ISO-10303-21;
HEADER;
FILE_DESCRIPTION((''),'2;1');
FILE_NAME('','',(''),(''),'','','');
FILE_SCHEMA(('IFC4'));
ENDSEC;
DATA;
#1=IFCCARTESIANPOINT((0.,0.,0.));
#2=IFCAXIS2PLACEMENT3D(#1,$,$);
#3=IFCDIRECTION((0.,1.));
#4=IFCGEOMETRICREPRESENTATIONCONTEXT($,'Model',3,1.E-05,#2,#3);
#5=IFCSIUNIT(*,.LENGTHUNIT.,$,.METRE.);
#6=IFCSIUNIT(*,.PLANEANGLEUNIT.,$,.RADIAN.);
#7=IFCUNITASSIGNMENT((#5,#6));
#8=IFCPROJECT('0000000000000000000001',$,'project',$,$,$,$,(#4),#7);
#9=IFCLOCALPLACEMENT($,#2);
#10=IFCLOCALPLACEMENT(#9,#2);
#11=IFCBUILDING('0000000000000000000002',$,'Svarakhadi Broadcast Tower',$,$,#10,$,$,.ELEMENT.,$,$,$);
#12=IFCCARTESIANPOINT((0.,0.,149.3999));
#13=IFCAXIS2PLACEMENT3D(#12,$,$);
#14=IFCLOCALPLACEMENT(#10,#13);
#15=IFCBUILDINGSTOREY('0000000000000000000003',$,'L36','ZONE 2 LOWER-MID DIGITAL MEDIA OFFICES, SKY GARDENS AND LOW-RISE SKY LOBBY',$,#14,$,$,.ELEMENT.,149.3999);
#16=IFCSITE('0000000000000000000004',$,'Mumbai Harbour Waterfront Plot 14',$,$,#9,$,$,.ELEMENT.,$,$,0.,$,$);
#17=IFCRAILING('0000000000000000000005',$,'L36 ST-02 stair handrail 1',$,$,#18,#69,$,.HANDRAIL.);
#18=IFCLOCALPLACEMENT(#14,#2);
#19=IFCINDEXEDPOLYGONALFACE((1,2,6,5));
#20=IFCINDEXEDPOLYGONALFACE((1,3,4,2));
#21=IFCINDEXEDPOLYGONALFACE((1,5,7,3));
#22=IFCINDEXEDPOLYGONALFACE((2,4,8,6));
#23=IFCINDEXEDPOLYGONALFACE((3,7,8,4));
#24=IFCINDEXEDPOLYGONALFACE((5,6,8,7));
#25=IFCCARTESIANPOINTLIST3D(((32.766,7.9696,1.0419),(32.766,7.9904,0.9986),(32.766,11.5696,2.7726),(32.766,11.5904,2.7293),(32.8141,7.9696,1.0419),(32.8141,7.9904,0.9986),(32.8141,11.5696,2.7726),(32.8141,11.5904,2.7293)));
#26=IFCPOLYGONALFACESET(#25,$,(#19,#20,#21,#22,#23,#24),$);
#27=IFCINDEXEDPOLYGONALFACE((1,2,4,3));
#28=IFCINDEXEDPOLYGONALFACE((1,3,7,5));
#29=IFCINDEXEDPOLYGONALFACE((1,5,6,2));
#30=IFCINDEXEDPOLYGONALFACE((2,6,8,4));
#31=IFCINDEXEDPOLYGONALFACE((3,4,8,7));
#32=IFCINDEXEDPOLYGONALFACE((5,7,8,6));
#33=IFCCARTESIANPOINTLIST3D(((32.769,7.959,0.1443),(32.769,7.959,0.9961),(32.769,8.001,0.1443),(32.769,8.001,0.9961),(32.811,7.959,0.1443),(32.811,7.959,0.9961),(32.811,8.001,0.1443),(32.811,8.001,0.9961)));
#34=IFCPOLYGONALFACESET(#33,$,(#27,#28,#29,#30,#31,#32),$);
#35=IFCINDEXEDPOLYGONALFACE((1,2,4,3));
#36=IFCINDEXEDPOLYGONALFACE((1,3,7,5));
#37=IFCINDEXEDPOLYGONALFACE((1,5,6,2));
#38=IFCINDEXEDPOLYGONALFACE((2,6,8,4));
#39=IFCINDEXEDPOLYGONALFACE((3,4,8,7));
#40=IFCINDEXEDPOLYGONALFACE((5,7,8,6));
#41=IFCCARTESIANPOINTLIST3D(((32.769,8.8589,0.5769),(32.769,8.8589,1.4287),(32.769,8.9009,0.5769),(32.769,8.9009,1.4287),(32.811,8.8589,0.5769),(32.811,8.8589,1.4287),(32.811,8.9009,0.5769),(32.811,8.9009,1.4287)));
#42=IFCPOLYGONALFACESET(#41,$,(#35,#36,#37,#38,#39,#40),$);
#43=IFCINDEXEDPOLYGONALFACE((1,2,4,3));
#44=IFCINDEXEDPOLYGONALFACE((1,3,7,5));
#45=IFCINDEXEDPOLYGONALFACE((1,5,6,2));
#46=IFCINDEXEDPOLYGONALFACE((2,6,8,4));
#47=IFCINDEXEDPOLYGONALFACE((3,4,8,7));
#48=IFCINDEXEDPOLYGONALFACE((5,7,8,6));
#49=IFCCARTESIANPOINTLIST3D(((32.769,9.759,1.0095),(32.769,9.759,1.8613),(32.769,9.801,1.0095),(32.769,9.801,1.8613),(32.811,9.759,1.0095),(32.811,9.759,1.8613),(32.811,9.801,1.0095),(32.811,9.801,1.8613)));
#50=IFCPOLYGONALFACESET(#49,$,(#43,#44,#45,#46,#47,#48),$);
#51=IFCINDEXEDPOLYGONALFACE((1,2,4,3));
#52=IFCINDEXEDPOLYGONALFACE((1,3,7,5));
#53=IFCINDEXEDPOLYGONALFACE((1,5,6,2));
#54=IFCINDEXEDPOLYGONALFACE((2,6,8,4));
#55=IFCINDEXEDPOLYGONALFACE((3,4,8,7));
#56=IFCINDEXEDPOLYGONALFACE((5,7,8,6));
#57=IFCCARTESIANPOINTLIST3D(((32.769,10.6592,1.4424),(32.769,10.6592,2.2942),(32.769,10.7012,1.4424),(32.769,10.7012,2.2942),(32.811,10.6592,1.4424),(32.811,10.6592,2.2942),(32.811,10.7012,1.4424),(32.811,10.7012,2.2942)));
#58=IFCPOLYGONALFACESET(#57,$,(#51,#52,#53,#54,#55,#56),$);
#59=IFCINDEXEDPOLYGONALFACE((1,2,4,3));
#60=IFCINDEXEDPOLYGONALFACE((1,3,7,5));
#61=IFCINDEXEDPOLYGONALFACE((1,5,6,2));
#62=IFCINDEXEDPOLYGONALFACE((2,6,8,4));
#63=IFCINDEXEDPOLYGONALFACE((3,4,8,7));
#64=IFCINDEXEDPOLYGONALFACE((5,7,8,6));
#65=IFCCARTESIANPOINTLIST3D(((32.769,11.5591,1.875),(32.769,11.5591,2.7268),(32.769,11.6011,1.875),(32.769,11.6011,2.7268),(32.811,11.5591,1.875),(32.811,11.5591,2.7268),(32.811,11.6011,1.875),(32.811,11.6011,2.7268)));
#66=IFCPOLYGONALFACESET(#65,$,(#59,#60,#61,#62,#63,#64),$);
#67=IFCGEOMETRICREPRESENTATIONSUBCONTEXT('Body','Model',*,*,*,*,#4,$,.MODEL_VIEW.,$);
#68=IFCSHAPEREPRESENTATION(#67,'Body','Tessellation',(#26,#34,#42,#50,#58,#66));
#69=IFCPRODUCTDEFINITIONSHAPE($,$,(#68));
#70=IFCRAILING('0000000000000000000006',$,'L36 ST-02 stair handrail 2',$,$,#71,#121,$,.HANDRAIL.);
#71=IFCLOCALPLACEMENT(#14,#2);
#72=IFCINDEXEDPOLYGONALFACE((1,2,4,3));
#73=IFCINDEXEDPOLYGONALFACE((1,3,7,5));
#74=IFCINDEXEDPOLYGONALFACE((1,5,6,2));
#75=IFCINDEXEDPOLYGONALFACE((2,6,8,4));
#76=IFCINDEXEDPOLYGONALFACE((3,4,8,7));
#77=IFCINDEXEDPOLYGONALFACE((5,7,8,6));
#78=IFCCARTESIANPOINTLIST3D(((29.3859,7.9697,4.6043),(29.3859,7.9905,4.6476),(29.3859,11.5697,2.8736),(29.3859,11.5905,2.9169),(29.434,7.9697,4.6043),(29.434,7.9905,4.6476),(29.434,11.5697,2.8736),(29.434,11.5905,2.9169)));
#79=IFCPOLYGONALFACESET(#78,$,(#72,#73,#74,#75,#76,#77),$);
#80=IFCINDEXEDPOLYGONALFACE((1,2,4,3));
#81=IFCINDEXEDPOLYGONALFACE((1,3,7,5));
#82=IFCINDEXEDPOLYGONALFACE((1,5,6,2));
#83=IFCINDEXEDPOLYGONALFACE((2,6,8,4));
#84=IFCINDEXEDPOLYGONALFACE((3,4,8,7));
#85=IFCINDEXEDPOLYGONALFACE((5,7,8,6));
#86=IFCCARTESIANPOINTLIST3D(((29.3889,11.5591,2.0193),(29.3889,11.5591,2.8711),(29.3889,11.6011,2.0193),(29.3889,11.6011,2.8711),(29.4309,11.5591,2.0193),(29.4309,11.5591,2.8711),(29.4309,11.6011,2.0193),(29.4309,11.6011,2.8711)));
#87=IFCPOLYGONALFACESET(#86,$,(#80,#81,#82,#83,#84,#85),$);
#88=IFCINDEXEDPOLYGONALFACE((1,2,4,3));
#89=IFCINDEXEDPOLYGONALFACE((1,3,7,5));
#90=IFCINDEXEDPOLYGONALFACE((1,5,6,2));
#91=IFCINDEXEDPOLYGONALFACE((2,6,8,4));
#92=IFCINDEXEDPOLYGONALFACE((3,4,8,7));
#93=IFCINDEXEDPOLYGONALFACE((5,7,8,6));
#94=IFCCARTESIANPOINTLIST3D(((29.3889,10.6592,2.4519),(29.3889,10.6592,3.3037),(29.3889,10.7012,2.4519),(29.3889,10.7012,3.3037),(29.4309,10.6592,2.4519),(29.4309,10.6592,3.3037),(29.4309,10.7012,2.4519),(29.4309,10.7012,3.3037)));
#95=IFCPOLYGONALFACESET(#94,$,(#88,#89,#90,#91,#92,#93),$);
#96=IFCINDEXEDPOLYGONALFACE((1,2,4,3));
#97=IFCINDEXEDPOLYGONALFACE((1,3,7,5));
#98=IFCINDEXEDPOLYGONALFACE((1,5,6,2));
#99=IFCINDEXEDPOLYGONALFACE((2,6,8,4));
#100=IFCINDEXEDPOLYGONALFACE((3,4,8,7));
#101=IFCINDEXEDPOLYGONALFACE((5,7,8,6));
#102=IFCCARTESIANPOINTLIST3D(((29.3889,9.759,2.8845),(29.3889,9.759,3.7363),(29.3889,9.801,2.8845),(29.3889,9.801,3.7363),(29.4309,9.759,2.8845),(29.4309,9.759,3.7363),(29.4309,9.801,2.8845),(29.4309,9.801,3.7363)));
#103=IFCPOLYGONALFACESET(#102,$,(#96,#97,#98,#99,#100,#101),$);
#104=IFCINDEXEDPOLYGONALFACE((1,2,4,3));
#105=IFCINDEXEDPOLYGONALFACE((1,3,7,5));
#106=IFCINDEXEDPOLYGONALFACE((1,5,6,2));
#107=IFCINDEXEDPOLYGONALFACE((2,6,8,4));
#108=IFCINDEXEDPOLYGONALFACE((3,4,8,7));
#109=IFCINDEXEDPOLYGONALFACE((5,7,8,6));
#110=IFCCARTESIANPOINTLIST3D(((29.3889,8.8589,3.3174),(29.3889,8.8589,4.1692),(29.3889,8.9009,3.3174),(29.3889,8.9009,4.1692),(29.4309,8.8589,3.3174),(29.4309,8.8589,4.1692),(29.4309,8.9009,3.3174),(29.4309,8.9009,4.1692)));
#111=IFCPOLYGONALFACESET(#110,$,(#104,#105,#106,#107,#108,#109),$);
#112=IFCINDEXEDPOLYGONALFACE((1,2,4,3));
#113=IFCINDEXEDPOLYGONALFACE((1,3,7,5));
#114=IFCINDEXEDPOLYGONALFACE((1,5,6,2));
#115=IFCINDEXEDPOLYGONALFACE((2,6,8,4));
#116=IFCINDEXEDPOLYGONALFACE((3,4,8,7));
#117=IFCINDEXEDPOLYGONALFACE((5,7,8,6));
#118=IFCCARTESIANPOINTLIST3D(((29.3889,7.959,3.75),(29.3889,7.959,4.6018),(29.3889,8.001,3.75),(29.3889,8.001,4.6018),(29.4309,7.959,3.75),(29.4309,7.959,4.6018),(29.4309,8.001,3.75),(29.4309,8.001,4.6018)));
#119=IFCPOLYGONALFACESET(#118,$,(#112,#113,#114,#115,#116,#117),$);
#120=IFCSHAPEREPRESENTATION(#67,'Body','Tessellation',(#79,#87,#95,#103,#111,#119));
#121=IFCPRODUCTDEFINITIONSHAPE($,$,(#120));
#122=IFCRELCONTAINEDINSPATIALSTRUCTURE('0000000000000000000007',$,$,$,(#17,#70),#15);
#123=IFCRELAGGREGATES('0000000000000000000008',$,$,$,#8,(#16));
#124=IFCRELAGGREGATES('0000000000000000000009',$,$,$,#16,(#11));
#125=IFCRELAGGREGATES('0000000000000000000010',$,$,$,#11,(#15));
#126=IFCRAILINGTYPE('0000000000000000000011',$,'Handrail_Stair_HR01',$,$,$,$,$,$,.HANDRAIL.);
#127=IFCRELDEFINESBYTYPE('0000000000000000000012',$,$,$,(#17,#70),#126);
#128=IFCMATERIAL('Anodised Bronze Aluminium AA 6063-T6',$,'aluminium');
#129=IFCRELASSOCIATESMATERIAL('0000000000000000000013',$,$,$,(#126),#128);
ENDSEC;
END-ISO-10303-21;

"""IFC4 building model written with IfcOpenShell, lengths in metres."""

from ifc_helpers import new_model, si_unit, direction, frame, origin, origin_2d, place, context, subcontext, project, spatial, rectangle, extrude, material, type_object, element, save


model = new_model("IFC4")

# Units and contexts
model_context = context("Model", 3, precision=1e-05, world=origin(), true_north=direction((0.0, 1.0)))
body_context = subcontext(model_context, "Body", "Model", "MODEL_VIEW")
ifc_project = project(units=[si_unit("LENGTHUNIT", "METRE"), si_unit("PLANEANGLEUNIT", "RADIAN")], contexts=[model_context])

# Site, building, storey
site_placement = place(None, origin())
site = spatial("IfcSite", under=ifc_project, at=site_placement, Name="Mumbai Harbour Waterfront Plot 14", CompositionType="ELEMENT", RefElevation=0.0)
building_placement = place(site_placement, origin())
building = spatial("IfcBuilding", under=site, at=building_placement, Name="Svarakhadi Broadcast Tower", CompositionType="ELEMENT")
storey_placement = place(building_placement, frame((0.0, 0.0, 149.3999)))
storey = spatial("IfcBuildingStorey", under=building, at=storey_placement, Name="L36", Description="ZONE 2 LOWER-MID DIGITAL MEDIA OFFICES, SKY GARDENS AND LOW-RISE SKY LOBBY", CompositionType="ELEMENT", Elevation=149.3999)

# Shared definitions
ifc_material_1 = material(Name="Anodised Bronze Aluminium AA 6063-T6", Category="aluminium")

# Railings
railing_type_1 = type_object("IfcRailingType", Name="Handrail_Stair_HR01", PredefinedType="HANDRAIL", material=ifc_material_1)
railing_1_placement = place(storey_placement, frame((32.79, 7.98, 0.1443)))
element("IfcRailing", 1, at=railing_1_placement, inside=storey, type_object=railing_type_1, Name="L36 ST-02 stair handrail 1", PredefinedType="HANDRAIL", context=body_context, shape_type="SweptSolid", body=[
    extrude(rectangle(XDim=0.0481, YDim=0.0481, at=origin_2d()), frame((0.0, 0.0, 0.876), z_axis=(0.0, 0.901263, 0.433273), x_axis=(-1.0, 0.0, 0.0)), (0.0, 0.0, 1.0), 3.9944),
    extrude(rectangle(XDim=0.042, YDim=0.042, at=origin_2d()), origin(), (0.0, 0.0, 1.0), 0.8518),
    extrude(rectangle(XDim=0.042, YDim=0.042, at=origin_2d()), frame((0.0, 0.8999, 0.4326)), (0.0, 0.0, 1.0), 0.8518),
    extrude(rectangle(XDim=0.042, YDim=0.042, at=origin_2d()), frame((0.0, 1.8, 0.8652)), (0.0, 0.0, 1.0), 0.8518),
    extrude(rectangle(XDim=0.042, YDim=0.042, at=origin_2d()), frame((0.0, 2.7002, 1.2981)), (0.0, 0.0, 1.0), 0.8518),
    extrude(rectangle(XDim=0.042, YDim=0.042, at=origin_2d()), frame((0.0, 3.6001, 1.7307)), (0.0, 0.0, 1.0), 0.8518),
])
railing_2_placement = place(storey_placement, frame((29.4099, 11.5801, 2.0193)))
element("IfcRailing", 2, at=railing_2_placement, inside=storey, type_object=railing_type_1, Name="L36 ST-02 stair handrail 2", PredefinedType="HANDRAIL", context=body_context, shape_type="SweptSolid", body=[
    extrude(rectangle(XDim=0.0481, YDim=0.0481, at=origin_2d()), frame((0.0, 0.0, 0.876), z_axis=(0.0, -0.901263, 0.433273), x_axis=(1.0, 0.0, 0.0)), (0.0, 0.0, 1.0), 3.9944),
    extrude(rectangle(XDim=0.042, YDim=0.042, at=origin_2d()), origin(), (0.0, 0.0, 1.0), 0.8518),
    extrude(rectangle(XDim=0.042, YDim=0.042, at=origin_2d()), frame((0.0, -0.8999, 0.4326)), (0.0, 0.0, 1.0), 0.8518),
    extrude(rectangle(XDim=0.042, YDim=0.042, at=origin_2d()), frame((0.0, -1.8, 0.8652)), (0.0, 0.0, 1.0), 0.8518),
    extrude(rectangle(XDim=0.042, YDim=0.042, at=origin_2d()), frame((0.0, -2.7002, 1.2981)), (0.0, 0.0, 1.0), 0.8518),
    extrude(rectangle(XDim=0.042, YDim=0.042, at=origin_2d()), frame((0.0, -3.6001, 1.7307)), (0.0, 0.0, 1.0), 0.8518),
])

save(model, "model.ifc")
